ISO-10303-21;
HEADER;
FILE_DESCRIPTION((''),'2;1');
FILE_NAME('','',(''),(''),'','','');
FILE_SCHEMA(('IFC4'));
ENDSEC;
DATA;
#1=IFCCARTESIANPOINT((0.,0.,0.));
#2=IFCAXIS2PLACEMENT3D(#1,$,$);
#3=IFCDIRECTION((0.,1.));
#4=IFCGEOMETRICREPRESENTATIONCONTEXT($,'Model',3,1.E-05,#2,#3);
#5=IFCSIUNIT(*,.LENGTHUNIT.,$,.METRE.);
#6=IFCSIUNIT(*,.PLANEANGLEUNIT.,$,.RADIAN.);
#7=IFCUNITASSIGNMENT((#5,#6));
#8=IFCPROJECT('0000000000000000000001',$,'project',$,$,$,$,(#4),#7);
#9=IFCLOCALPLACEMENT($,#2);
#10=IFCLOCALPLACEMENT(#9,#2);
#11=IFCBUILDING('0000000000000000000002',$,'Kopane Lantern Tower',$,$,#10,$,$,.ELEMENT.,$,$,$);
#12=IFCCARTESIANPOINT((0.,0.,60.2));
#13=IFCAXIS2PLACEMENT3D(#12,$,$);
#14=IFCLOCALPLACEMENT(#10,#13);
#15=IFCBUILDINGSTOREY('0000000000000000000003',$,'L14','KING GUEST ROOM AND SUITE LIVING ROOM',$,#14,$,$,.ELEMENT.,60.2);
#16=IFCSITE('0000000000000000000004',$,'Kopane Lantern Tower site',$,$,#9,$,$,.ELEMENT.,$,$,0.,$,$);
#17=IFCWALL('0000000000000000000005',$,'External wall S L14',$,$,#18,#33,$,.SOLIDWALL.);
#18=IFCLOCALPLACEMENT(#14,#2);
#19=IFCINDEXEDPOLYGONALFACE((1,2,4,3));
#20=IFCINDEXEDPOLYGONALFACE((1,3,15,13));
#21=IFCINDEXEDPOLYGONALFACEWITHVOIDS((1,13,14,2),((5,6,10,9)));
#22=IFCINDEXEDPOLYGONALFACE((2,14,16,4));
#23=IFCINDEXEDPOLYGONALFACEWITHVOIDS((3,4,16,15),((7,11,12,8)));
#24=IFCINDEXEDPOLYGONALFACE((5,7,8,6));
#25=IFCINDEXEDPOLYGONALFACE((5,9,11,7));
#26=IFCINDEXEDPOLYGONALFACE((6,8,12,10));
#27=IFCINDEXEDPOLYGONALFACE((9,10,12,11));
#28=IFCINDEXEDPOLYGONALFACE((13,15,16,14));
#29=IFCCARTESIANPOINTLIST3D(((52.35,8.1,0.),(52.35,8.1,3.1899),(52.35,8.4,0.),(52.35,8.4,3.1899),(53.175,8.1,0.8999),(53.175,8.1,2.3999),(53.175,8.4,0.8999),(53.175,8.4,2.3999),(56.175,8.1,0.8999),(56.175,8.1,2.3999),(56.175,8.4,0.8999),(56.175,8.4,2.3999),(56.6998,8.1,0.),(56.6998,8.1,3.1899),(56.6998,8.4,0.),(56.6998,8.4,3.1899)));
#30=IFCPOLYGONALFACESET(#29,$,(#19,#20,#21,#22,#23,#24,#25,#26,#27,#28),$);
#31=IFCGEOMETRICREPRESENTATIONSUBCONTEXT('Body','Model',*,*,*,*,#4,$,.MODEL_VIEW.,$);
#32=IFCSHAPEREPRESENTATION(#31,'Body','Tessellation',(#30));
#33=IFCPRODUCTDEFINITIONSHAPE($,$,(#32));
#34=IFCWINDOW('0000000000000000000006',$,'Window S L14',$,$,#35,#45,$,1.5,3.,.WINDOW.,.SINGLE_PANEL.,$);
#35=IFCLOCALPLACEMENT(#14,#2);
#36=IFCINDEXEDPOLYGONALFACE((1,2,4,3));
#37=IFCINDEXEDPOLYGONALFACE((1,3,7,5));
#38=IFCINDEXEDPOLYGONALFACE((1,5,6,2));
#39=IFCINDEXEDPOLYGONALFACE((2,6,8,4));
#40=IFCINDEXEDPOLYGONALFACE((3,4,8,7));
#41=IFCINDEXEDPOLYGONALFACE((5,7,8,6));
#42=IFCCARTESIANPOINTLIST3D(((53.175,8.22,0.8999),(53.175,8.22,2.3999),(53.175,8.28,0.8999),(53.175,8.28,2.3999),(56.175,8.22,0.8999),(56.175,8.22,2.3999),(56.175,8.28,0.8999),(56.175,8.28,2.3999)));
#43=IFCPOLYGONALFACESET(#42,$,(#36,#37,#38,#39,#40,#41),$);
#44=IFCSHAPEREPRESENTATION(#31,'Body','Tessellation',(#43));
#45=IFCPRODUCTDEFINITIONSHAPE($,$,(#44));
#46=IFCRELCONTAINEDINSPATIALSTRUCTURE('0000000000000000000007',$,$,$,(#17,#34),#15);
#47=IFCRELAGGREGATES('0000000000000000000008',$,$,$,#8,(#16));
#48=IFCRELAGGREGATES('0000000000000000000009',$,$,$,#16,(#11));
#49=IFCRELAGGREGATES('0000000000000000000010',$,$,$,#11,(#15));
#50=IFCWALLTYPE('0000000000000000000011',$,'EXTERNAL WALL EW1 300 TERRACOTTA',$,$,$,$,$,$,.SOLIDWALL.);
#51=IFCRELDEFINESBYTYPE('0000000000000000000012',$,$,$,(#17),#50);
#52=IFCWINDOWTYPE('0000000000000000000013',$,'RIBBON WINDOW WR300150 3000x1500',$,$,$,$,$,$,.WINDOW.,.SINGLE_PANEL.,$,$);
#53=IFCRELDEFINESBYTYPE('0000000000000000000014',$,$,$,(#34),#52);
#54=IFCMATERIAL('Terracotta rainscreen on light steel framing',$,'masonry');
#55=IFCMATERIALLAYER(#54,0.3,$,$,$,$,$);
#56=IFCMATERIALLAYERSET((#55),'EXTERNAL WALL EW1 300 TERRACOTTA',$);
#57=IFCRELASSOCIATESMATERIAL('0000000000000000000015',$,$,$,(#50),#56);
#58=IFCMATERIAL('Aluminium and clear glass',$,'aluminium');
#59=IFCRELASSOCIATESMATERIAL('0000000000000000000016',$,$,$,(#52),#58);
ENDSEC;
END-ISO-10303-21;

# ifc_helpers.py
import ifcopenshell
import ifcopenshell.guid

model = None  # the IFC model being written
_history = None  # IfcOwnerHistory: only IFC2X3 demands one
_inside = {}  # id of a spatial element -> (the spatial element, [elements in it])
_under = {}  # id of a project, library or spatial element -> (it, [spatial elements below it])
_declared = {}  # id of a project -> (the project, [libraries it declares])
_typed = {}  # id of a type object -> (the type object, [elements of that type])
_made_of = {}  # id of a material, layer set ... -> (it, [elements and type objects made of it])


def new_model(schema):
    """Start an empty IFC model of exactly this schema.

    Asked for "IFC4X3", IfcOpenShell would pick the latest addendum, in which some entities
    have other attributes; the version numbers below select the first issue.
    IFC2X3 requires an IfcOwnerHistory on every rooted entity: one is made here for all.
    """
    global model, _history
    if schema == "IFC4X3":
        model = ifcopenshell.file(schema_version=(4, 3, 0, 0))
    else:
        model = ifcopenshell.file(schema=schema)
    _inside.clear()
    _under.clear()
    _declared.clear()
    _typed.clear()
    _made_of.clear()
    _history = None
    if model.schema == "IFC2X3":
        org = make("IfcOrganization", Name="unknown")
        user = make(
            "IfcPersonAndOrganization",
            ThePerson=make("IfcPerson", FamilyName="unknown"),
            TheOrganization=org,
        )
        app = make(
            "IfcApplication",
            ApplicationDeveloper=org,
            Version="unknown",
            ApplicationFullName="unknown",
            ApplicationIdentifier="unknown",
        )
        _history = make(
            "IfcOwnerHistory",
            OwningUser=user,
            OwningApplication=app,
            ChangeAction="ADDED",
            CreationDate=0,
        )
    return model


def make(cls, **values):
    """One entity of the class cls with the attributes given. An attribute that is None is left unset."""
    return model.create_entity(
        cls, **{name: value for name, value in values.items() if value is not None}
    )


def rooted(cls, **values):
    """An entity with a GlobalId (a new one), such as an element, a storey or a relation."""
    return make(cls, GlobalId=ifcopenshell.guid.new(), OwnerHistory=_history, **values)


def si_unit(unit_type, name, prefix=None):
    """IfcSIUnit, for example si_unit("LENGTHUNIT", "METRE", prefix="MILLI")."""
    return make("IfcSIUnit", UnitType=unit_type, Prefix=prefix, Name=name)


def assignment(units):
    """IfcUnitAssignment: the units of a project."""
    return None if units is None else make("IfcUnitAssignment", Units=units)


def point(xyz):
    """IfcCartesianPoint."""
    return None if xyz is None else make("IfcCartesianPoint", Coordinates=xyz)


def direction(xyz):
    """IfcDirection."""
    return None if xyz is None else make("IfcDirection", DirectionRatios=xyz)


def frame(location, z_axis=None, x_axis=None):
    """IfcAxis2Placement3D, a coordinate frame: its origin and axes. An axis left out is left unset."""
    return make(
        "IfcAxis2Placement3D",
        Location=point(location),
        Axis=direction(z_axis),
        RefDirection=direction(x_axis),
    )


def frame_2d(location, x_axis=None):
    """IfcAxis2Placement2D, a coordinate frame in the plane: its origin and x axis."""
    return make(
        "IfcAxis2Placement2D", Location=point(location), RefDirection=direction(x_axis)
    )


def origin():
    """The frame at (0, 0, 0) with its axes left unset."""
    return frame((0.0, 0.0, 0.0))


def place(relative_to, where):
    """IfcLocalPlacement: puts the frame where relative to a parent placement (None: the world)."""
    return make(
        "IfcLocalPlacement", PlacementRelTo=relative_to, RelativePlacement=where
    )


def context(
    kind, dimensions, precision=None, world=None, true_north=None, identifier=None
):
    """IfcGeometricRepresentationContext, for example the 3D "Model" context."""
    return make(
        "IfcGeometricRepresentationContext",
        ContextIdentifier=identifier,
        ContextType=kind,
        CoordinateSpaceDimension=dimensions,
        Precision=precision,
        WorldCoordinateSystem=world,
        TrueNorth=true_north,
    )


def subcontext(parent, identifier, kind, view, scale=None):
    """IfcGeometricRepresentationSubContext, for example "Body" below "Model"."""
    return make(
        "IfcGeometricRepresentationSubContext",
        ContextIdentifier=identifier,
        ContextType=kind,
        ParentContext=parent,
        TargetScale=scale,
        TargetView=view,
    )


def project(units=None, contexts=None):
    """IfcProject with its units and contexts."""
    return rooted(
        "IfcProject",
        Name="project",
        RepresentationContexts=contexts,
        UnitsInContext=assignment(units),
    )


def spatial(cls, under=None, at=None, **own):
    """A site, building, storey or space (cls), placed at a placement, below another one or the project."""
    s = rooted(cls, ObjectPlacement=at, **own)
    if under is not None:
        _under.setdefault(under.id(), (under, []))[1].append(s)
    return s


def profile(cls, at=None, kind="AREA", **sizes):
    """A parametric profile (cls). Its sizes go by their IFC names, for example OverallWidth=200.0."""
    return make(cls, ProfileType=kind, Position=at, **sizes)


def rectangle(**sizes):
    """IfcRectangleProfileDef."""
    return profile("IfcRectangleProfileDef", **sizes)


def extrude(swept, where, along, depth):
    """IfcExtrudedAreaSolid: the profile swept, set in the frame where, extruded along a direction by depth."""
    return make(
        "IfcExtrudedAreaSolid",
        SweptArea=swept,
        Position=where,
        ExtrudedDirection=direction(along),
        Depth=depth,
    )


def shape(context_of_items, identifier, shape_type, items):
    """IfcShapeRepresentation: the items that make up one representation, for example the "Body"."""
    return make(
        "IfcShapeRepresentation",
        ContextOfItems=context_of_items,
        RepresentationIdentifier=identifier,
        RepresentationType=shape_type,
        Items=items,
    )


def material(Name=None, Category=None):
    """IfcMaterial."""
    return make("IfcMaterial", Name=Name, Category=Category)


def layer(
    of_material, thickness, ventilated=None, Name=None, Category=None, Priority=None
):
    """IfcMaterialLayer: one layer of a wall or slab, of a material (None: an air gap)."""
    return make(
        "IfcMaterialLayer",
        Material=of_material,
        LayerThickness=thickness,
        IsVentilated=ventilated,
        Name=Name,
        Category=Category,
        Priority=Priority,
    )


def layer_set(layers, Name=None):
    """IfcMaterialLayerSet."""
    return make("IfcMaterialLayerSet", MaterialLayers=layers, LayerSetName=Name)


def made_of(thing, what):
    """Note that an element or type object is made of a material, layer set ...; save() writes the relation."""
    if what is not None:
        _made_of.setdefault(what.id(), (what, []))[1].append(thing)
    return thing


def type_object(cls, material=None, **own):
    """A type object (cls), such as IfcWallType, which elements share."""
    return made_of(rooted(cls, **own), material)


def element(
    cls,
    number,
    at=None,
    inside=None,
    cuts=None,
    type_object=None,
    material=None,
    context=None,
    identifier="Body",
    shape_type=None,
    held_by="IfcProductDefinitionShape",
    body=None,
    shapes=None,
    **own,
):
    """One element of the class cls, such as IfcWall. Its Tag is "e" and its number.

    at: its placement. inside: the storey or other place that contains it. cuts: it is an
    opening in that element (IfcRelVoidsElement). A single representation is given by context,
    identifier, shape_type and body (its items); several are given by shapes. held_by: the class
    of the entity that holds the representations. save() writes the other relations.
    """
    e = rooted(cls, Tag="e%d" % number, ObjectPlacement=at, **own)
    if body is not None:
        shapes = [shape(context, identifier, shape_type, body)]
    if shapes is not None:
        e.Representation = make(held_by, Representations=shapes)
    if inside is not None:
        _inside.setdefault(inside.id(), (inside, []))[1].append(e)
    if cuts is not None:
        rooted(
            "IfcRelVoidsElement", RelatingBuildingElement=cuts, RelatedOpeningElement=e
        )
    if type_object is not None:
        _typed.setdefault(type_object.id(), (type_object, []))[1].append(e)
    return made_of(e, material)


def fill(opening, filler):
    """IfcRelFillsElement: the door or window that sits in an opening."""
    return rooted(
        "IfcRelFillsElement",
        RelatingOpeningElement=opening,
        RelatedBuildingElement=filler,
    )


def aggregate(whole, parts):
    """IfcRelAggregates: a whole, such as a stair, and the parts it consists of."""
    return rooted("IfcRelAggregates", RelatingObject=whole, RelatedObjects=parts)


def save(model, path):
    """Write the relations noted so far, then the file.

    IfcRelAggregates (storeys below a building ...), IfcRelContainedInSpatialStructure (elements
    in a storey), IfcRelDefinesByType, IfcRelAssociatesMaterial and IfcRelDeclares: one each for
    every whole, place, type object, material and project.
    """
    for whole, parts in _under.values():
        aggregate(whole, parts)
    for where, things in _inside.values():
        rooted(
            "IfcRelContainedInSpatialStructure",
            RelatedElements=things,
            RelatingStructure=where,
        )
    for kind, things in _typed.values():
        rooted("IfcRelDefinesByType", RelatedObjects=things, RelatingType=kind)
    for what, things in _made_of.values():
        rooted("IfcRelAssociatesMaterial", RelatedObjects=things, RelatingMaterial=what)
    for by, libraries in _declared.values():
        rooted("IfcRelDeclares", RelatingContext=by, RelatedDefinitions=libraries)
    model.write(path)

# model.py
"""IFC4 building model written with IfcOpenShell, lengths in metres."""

from ifc_helpers import new_model, si_unit, direction, frame, frame_2d, origin, place, context, subcontext, project, spatial, rectangle, extrude, material, layer, layer_set, type_object, element, fill, save


model = new_model("IFC4")

# Units and contexts
model_context = context("Model", 3, precision=1e-05, world=origin(), true_north=direction((0.0, 1.0)))
body_context = subcontext(model_context, "Body", "Model", "MODEL_VIEW")
ifc_project = project(units=[si_unit("LENGTHUNIT", "METRE"), si_unit("PLANEANGLEUNIT", "RADIAN")], contexts=[model_context])

# Site, building, storey
site_placement = place(None, origin())
site = spatial("IfcSite", under=ifc_project, at=site_placement, Name="Kopane Lantern Tower site", CompositionType="ELEMENT", RefElevation=0.0)
building_placement = place(site_placement, origin())
building = spatial("IfcBuilding", under=site, at=building_placement, Name="Kopane Lantern Tower", CompositionType="ELEMENT")
storey_placement = place(building_placement, frame((0.0, 0.0, 60.2)))
storey = spatial("IfcBuildingStorey", under=building, at=storey_placement, Name="L14", Description="KING GUEST ROOM AND SUITE LIVING ROOM", CompositionType="ELEMENT", Elevation=60.2)

# Wall, opening, window
ifc_material_1 = material(Name="Terracotta rainscreen on light steel framing", Category="masonry")
ifc_layer = layer(ifc_material_1, 0.3)
ifc_layer_set = layer_set([ifc_layer], Name="EXTERNAL WALL EW1 300 TERRACOTTA")
wall_type = type_object("IfcWallType", Name="EXTERNAL WALL EW1 300 TERRACOTTA", PredefinedType="SOLIDWALL", material=ifc_layer_set)
ifc_material_2 = material(Name="Aluminium and clear glass", Category="aluminium")
window_type_1 = type_object("IfcWindowType", Name="RIBBON WINDOW WR300150 3000x1500", PartitioningType="SINGLE_PANEL", PredefinedType="WINDOW", material=ifc_material_2)
wall_1_placement = place(storey_placement, frame((52.3501, 8.25, 0.0), z_axis=(0.0, 0.0, 1.0), x_axis=(1.0, 0.0, 0.0)))
wall_1 = element("IfcWall", 1, at=wall_1_placement, inside=storey, type_object=wall_type, Name="External wall S L14", PredefinedType="SOLIDWALL", context=body_context, shape_type="SweptSolid", body=[
    extrude(rectangle(XDim=4.3499, YDim=0.3, at=frame_2d((2.1748, 0.0))), origin(), (0.0, 0.0, 1.0), 3.1899),
])
opening_1_placement = place(wall_1_placement, frame((0.825, 0.0, 0.8999)))
opening_1 = element("IfcOpeningElement", 2, at=opening_1_placement, cuts=wall_1, PredefinedType="OPENING", context=body_context, shape_type="SweptSolid", body=[
    extrude(rectangle(XDim=3.0, YDim=1.5, at=frame_2d((1.5, 0.75))), frame((0.0, 0.1599, 0.0), z_axis=(0.0, -1.0, 0.0), x_axis=(1.0, 0.0, 0.0)), (0.0, 0.0, 1.0), 0.3201),
])
window_1_placement = place(opening_1_placement, origin())
window_1 = element("IfcWindow", 3, at=window_1_placement, inside=storey, type_object=window_type_1, Name="Window S L14", OverallHeight=1.5, OverallWidth=3.0, PartitioningType="SINGLE_PANEL", PredefinedType="WINDOW", context=body_context, shape_type="SweptSolid", body=[
    extrude(rectangle(XDim=3.0, YDim=1.5, at=frame_2d((1.5, 0.75))), frame((0.0, 0.03, 0.0), z_axis=(0.0, -1.0, 0.0), x_axis=(1.0, 0.0, 0.0)), (0.0, 0.0, 1.0), 0.0601),
])
fill(opening_1, window_1)

save(model, "model.ifc")
